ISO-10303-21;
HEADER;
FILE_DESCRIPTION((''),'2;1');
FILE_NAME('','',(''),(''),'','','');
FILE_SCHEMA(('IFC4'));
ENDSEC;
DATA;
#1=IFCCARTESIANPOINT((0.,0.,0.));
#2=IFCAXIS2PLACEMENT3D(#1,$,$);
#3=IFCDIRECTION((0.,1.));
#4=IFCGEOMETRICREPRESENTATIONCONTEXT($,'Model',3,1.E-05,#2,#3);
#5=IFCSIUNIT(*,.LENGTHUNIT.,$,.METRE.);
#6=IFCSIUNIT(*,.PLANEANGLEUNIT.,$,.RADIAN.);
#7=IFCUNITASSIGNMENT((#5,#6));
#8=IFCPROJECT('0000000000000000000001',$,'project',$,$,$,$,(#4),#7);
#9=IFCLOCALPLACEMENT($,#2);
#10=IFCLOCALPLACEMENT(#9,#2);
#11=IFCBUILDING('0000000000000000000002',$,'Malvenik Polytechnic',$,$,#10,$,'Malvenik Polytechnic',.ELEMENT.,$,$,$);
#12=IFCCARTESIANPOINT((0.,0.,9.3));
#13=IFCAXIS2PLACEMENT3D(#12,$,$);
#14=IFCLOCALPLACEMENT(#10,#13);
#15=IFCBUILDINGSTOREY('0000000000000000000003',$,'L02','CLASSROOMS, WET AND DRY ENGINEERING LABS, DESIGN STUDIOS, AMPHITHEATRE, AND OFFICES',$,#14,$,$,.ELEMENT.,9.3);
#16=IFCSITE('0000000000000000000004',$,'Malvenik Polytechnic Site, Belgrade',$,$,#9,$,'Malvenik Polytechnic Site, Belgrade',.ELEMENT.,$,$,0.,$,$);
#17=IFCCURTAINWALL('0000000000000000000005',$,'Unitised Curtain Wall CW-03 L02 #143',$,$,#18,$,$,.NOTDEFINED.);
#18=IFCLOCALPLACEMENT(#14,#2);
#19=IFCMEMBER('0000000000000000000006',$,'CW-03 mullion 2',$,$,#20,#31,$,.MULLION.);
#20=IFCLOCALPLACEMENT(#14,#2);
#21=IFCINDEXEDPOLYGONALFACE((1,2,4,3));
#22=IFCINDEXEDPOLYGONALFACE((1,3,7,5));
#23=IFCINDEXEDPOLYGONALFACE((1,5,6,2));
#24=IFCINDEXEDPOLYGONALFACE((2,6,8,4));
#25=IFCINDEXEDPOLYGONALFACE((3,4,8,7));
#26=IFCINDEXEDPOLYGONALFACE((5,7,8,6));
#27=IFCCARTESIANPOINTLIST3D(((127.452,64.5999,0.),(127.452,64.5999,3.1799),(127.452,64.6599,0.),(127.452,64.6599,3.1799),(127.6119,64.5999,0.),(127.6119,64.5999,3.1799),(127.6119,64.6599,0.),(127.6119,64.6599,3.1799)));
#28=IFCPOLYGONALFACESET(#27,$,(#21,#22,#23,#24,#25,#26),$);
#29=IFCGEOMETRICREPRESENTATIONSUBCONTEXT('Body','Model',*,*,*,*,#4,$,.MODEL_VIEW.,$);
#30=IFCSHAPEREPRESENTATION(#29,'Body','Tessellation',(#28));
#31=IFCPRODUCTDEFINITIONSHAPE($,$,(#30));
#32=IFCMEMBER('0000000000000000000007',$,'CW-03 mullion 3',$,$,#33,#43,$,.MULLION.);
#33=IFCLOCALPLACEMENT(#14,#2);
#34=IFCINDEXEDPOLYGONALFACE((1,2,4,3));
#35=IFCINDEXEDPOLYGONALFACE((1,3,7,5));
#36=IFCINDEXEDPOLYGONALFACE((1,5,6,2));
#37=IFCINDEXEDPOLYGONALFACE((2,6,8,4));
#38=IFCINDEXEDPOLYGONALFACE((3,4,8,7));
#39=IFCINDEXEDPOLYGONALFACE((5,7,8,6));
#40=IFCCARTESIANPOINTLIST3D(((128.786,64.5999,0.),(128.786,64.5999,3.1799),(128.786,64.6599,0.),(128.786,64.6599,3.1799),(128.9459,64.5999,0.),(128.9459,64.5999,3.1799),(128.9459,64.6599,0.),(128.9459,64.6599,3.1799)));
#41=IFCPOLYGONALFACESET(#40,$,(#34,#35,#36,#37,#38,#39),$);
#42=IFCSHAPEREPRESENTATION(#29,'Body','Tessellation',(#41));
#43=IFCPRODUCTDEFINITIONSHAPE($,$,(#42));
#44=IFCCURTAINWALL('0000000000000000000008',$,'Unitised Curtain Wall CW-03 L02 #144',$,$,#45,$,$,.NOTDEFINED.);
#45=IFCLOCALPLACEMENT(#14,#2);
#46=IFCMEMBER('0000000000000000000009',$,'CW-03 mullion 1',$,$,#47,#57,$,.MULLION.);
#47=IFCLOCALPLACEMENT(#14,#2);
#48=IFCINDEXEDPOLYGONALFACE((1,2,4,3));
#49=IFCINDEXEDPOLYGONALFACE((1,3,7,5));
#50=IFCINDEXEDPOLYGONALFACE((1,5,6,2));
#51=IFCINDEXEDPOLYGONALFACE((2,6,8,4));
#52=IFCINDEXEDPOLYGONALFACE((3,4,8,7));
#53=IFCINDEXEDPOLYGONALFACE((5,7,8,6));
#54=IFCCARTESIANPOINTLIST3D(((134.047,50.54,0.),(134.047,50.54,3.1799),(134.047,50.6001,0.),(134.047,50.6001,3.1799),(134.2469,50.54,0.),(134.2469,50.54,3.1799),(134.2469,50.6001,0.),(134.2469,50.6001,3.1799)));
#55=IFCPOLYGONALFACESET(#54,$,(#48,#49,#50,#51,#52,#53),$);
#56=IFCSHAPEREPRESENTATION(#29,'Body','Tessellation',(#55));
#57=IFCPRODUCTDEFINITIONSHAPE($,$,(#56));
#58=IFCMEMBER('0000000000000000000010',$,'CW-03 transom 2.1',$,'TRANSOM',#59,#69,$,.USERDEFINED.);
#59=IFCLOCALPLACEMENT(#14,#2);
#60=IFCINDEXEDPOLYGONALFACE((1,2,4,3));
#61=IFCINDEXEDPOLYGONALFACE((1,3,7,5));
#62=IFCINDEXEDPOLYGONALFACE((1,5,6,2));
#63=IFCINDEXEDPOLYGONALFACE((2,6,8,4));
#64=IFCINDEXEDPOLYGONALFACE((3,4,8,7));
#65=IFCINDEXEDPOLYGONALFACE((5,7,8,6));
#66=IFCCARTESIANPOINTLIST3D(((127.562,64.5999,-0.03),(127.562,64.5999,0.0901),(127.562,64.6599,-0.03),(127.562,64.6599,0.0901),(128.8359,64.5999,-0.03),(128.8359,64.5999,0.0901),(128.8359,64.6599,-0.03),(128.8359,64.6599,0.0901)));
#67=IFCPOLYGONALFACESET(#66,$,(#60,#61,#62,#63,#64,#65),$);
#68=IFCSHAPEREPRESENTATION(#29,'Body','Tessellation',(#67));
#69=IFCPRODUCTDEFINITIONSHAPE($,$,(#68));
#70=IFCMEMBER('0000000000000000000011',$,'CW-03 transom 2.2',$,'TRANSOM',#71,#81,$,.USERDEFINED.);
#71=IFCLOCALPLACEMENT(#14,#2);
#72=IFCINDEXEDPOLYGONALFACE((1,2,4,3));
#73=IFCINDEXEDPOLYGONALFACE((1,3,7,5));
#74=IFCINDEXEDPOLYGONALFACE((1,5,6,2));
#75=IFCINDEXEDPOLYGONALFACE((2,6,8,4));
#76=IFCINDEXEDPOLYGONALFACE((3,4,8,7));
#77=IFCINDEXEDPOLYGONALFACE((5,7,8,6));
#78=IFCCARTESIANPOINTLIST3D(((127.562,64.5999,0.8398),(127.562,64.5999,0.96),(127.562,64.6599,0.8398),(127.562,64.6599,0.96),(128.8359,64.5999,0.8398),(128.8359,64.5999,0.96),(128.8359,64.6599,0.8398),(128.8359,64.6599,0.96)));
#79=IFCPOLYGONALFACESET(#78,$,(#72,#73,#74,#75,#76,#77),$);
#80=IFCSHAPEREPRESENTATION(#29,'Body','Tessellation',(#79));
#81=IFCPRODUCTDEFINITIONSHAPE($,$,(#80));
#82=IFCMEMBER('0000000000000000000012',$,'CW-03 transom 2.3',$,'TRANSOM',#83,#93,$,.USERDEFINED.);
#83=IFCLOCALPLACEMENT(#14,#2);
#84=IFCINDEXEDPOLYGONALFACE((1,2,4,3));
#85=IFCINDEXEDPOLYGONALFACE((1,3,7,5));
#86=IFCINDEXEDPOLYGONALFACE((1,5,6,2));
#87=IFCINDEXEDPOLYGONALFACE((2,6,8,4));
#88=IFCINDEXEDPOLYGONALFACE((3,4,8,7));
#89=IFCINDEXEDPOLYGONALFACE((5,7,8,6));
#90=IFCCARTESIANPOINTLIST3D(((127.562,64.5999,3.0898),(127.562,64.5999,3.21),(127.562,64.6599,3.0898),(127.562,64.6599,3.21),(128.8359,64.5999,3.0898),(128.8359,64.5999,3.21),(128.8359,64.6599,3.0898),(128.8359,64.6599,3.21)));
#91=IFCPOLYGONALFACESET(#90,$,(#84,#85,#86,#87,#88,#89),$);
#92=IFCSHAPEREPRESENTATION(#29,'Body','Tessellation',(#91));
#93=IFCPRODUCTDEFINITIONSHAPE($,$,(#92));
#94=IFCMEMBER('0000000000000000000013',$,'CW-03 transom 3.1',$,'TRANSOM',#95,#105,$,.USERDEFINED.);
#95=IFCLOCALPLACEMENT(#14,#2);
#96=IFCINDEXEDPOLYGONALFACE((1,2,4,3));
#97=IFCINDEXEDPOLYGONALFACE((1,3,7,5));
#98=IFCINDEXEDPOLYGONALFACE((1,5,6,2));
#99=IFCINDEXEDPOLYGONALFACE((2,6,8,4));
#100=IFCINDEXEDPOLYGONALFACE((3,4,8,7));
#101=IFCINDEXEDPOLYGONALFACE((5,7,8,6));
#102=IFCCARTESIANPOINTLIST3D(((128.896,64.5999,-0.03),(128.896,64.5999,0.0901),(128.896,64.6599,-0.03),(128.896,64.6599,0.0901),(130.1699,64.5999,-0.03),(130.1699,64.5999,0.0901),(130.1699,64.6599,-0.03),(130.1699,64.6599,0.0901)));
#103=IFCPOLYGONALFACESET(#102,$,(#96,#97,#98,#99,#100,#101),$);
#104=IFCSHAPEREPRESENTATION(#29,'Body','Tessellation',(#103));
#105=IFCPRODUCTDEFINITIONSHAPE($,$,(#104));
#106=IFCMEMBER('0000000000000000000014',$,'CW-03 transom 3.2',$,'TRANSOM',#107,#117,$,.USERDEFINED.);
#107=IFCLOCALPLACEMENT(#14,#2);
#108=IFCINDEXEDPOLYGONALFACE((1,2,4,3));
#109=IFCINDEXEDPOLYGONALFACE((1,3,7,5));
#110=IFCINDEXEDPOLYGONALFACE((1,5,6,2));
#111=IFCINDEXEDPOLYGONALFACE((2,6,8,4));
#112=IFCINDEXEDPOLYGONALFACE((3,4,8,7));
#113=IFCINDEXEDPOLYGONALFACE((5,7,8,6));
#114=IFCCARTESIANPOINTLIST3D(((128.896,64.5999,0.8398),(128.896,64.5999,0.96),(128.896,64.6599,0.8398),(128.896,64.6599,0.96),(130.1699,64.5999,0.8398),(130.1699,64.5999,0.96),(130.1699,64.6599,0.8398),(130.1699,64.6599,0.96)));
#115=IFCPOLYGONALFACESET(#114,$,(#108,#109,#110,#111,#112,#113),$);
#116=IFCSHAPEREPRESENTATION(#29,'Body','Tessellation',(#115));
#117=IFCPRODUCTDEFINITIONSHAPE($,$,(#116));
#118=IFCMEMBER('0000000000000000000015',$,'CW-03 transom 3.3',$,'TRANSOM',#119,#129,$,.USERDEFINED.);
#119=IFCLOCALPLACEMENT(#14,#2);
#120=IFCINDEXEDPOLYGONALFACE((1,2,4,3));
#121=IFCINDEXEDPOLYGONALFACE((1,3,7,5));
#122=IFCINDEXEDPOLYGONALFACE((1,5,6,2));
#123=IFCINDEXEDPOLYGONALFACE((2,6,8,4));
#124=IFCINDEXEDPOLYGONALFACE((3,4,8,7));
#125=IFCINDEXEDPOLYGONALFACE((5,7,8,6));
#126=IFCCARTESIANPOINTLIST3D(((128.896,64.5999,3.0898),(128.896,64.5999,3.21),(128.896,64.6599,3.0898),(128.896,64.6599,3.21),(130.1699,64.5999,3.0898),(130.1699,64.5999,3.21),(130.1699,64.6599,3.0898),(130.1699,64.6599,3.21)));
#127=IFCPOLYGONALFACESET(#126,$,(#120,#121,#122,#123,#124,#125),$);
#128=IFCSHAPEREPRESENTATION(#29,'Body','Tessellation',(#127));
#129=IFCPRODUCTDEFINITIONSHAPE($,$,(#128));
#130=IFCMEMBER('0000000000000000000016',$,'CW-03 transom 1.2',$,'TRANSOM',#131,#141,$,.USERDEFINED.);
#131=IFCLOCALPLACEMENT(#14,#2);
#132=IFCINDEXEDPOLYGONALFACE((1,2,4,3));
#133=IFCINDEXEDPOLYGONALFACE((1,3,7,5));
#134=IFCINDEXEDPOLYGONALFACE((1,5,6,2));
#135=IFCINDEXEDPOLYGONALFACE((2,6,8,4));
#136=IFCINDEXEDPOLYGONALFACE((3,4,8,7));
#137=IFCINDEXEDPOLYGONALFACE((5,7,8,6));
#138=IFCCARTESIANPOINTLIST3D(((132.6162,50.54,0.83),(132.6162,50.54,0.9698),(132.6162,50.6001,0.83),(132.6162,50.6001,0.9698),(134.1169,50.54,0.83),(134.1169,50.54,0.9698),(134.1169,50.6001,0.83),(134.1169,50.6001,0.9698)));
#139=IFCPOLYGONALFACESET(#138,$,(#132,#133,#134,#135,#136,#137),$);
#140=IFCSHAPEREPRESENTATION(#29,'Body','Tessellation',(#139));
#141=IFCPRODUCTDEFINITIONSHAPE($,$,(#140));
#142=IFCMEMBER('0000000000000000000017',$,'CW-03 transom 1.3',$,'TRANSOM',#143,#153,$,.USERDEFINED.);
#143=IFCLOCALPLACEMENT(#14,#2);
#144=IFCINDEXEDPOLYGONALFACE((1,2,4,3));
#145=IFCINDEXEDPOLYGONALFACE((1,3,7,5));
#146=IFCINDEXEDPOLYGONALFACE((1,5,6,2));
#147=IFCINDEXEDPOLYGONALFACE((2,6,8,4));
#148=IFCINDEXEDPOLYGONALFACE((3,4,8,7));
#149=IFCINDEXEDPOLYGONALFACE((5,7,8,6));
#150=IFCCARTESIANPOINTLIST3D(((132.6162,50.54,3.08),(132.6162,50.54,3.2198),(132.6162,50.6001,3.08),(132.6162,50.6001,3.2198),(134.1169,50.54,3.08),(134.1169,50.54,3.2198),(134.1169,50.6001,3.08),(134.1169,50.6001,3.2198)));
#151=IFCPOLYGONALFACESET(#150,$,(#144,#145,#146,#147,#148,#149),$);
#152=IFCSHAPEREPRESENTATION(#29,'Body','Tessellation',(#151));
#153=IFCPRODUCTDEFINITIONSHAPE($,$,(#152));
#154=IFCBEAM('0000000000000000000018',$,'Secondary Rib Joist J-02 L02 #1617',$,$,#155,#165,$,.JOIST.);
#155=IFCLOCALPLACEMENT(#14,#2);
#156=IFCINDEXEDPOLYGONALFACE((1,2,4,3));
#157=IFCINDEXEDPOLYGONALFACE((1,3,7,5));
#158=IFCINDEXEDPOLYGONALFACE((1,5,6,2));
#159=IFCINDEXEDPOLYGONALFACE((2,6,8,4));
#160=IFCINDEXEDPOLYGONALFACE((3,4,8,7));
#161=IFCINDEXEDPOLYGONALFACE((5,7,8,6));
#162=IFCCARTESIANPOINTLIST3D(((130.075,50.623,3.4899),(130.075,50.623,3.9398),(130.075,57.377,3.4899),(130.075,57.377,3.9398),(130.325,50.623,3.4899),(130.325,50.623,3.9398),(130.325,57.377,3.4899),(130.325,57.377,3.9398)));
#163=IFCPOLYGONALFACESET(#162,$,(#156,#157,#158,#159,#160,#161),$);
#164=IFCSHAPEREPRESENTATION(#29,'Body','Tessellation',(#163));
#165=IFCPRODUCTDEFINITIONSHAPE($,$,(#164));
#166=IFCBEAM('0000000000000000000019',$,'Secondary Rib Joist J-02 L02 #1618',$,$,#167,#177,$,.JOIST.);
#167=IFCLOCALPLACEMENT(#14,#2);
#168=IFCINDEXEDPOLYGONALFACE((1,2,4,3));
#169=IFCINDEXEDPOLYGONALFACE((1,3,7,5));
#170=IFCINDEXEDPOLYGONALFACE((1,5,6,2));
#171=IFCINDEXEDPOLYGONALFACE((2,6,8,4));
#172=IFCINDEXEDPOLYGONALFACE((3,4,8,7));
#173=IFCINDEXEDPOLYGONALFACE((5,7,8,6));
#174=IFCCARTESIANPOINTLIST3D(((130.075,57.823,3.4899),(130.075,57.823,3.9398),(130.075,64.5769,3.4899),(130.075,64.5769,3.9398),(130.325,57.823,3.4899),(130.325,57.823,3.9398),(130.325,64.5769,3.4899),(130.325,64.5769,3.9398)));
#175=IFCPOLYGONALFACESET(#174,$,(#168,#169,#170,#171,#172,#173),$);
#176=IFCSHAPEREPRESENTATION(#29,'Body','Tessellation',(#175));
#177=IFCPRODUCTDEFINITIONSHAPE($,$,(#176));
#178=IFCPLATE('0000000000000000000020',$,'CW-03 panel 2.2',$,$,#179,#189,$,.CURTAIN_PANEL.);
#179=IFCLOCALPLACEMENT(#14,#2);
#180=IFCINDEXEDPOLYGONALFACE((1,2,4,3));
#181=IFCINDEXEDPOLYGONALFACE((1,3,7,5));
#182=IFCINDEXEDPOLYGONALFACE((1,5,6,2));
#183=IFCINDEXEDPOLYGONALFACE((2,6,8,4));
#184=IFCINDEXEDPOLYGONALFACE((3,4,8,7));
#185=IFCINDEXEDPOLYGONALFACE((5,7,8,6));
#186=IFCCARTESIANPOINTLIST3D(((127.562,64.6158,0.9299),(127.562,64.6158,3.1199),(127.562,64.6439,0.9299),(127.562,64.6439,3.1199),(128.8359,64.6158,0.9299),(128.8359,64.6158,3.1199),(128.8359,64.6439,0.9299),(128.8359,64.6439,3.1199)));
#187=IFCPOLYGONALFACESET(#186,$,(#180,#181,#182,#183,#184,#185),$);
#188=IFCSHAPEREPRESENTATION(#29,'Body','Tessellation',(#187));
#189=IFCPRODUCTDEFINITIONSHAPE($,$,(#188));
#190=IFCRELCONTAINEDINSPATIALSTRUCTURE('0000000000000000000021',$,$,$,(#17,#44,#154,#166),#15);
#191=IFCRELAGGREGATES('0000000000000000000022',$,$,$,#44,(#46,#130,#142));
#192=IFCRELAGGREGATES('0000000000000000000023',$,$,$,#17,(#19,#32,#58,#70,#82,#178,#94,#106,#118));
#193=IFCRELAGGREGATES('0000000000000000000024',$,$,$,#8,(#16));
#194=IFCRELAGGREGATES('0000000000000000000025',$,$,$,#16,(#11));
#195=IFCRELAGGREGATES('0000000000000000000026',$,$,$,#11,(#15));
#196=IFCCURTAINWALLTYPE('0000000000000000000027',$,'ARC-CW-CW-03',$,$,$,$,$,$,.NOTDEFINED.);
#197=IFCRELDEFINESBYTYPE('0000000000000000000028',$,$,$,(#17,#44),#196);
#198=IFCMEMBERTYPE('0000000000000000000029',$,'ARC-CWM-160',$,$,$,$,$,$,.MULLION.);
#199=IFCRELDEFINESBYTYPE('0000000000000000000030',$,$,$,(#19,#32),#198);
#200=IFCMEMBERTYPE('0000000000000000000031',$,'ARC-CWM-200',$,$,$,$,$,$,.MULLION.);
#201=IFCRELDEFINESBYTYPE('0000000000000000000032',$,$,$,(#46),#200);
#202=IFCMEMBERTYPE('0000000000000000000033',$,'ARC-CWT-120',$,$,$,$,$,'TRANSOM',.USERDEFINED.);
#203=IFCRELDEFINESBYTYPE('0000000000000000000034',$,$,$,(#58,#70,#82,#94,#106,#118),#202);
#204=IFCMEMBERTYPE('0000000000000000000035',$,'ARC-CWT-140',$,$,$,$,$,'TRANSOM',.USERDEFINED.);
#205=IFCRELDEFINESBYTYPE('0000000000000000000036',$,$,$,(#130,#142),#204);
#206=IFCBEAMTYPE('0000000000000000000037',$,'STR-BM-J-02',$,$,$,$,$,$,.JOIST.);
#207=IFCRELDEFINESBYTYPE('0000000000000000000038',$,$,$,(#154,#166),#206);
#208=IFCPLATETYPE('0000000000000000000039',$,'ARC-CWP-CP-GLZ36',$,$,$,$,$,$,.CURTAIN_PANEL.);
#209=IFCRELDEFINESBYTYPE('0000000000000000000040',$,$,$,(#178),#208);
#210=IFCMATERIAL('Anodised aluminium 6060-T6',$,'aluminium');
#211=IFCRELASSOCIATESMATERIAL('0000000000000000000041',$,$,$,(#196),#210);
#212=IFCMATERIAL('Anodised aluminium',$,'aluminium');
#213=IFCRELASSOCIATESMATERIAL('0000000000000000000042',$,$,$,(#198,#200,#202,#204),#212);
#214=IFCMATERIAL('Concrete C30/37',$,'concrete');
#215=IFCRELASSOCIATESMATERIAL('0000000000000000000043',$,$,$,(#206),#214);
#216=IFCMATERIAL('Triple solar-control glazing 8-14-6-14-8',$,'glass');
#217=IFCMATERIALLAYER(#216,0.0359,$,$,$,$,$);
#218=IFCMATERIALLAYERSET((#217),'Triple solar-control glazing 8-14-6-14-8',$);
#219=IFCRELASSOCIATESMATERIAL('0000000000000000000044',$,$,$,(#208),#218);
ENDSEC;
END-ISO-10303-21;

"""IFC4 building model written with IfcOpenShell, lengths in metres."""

from ifc_helpers import new_model, si_unit, direction, frame, origin, origin_2d, place, context, subcontext, project, spatial, rectangle, extrude, material, layer, layer_set, material_profile, profile_set, type_object, element, aggregate, save


model = new_model("IFC4")

# Units and contexts
model_context = context("Model", 3, precision=1e-05, world=origin(), true_north=direction((0.0, 1.0)))
body_context = subcontext(model_context, "Body", "Model", "MODEL_VIEW")
ifc_project = project(units=[si_unit("LENGTHUNIT", "METRE"), si_unit("PLANEANGLEUNIT", "RADIAN")], contexts=[model_context])

# Site, building, storey
site_placement = place(None, origin())
site = spatial("IfcSite", under=ifc_project, at=site_placement, Name="Malvenik Polytechnic Site, Belgrade", LongName="Malvenik Polytechnic Site, Belgrade", CompositionType="ELEMENT", RefElevation=0.0)
building_placement = place(site_placement, origin())
building = spatial("IfcBuilding", under=site, at=building_placement, Name="Malvenik Polytechnic", LongName="Malvenik Polytechnic", CompositionType="ELEMENT")
storey_placement = place(building_placement, frame((0.0, 0.0, 9.3)))
storey = spatial("IfcBuildingStorey", under=building, at=storey_placement, Name="L02", Description="CLASSROOMS, WET AND DRY ENGINEERING LABS, DESIGN STUDIOS, AMPHITHEATRE, AND OFFICES", CompositionType="ELEMENT", Elevation=9.3)

# Curtain wall, members
ifc_material_1 = material(Name="Anodised aluminium 6060-T6", Category="aluminium")
curtain_wall_type = type_object("IfcCurtainWallType", Name="ARC-CW-CW-03", PredefinedType="NOTDEFINED", material=ifc_material_1)
curtain_wall_1_placement = place(storey_placement, origin())
curtain_wall_1 = element("IfcCurtainWall", 1, at=curtain_wall_1_placement, inside=storey, type_object=curtain_wall_type, Name="Unitised Curtain Wall CW-03 L02 #143", PredefinedType="NOTDEFINED")
ifc_material_2 = material(Name="Anodised aluminium", Category="aluminium")
ifc_material_profile_1 = material_profile(ifc_material_2, rectangle(XDim=0.0601, YDim=0.1599, at=origin_2d()), Name="ALU MULLION 60x160")
ifc_profile_set_1 = profile_set([ifc_material_profile_1], Name="Anodised aluminium")
member_type_1 = type_object("IfcMemberType", Name="ARC-CWM-160", PredefinedType="MULLION", material=ifc_profile_set_1)
member_1_placement = place(storey_placement, frame((127.532, 64.6299, 0.0), z_axis=(0.0, 0.0, 1.0), x_axis=(0.0, 1.0, 0.0)))
member_1 = element("IfcMember", 2, at=member_1_placement, type_object=member_type_1, Name="CW-03 mullion 2", PredefinedType="MULLION", context=body_context, shape_type="SweptSolid", body=[
    extrude(rectangle(XDim=0.0601, YDim=0.1599, at=origin_2d()), origin(), (0.0, 0.0, 1.0), 3.1799),
])
member_2_placement = place(storey_placement, frame((128.866, 64.6299, 0.0), z_axis=(0.0, 0.0, 1.0), x_axis=(0.0, 1.0, 0.0)))
member_2 = element("IfcMember", 3, at=member_2_placement, type_object=member_type_1, Name="CW-03 mullion 3", PredefinedType="MULLION", context=body_context, shape_type="SweptSolid", body=[
    extrude(rectangle(XDim=0.0601, YDim=0.1599, at=origin_2d()), origin(), (0.0, 0.0, 1.0), 3.1799),
])

# Curtain wall, member
curtain_wall_2_placement = place(storey_placement, origin())
curtain_wall_2 = element("IfcCurtainWall", 4, at=curtain_wall_2_placement, inside=storey, type_object=curtain_wall_type, Name="Unitised Curtain Wall CW-03 L02 #144", PredefinedType="NOTDEFINED")
ifc_material_profile_2 = material_profile(ifc_material_2, rectangle(XDim=0.0601, YDim=0.2, at=origin_2d()), Name="ALU MULLION 60x200")
ifc_profile_set_2 = profile_set([ifc_material_profile_2], Name="Anodised aluminium")
member_type_2 = type_object("IfcMemberType", Name="ARC-CWM-200", PredefinedType="MULLION", material=ifc_profile_set_2)
member_3_placement = place(storey_placement, frame((134.147, 50.5701, 0.0), z_axis=(0.0, 0.0, 1.0), x_axis=(0.0, -1.0, 0.0)))
member_3 = element("IfcMember", 5, at=member_3_placement, type_object=member_type_2, Name="CW-03 mullion 1", PredefinedType="MULLION", context=body_context, shape_type="SweptSolid", body=[
    extrude(rectangle(XDim=0.0601, YDim=0.2, at=origin_2d()), origin(), (0.0, 0.0, 1.0), 3.1799),
])

# Members
ifc_material_profile_3 = material_profile(ifc_material_2, rectangle(XDim=0.0601, YDim=0.1201, at=origin_2d()), Name="ALU TRANSOM 60x120")
ifc_profile_set_3 = profile_set([ifc_material_profile_3], Name="Anodised aluminium")
member_type_3 = type_object("IfcMemberType", Name="ARC-CWT-120", ElementType="TRANSOM", PredefinedType="USERDEFINED", material=ifc_profile_set_3)
member_4_placement = place(storey_placement, frame((127.562, 64.6299, 0.03), z_axis=(1.0, 0.0, 0.0), x_axis=(0.0, 1.0, 0.0)))
member_4 = element("IfcMember", 6, at=member_4_placement, type_object=member_type_3, Name="CW-03 transom 2.1", ObjectType="TRANSOM", PredefinedType="USERDEFINED", context=body_context, shape_type="SweptSolid", body=[
    extrude(rectangle(XDim=0.0601, YDim=0.1201, at=origin_2d()), origin(), (0.0, 0.0, 1.0), 1.2739),
])
member_5_placement = place(storey_placement, frame((127.562, 64.6299, 0.8999), z_axis=(1.0, 0.0, 0.0), x_axis=(0.0, 1.0, 0.0)))
member_5 = element("IfcMember", 7, at=member_5_placement, type_object=member_type_3, Name="CW-03 transom 2.2", ObjectType="TRANSOM", PredefinedType="USERDEFINED", context=body_context, shape_type="SweptSolid", body=[
    extrude(rectangle(XDim=0.0601, YDim=0.1201, at=origin_2d()), origin(), (0.0, 0.0, 1.0), 1.2739),
])
member_6_placement = place(storey_placement, frame((127.562, 64.6299, 3.1499), z_axis=(1.0, 0.0, 0.0), x_axis=(0.0, 1.0, 0.0)))
member_6 = element("IfcMember", 8, at=member_6_placement, type_object=member_type_3, Name="CW-03 transom 2.3", ObjectType="TRANSOM", PredefinedType="USERDEFINED", context=body_context, shape_type="SweptSolid", body=[
    extrude(rectangle(XDim=0.0601, YDim=0.1201, at=origin_2d()), origin(), (0.0, 0.0, 1.0), 1.2739),
])
member_7_placement = place(storey_placement, frame((128.896, 64.6299, 0.03), z_axis=(1.0, 0.0, 0.0), x_axis=(0.0, 1.0, 0.0)))
member_7 = element("IfcMember", 9, at=member_7_placement, type_object=member_type_3, Name="CW-03 transom 3.1", ObjectType="TRANSOM", PredefinedType="USERDEFINED", context=body_context, shape_type="SweptSolid", body=[
    extrude(rectangle(XDim=0.0601, YDim=0.1201, at=origin_2d()), origin(), (0.0, 0.0, 1.0), 1.2739),
])
member_8_placement = place(storey_placement, frame((128.896, 64.6299, 0.8999), z_axis=(1.0, 0.0, 0.0), x_axis=(0.0, 1.0, 0.0)))
member_8 = element("IfcMember", 10, at=member_8_placement, type_object=member_type_3, Name="CW-03 transom 3.2", ObjectType="TRANSOM", PredefinedType="USERDEFINED", context=body_context, shape_type="SweptSolid", body=[
    extrude(rectangle(XDim=0.0601, YDim=0.1201, at=origin_2d()), origin(), (0.0, 0.0, 1.0), 1.2739),
])
member_9_placement = place(storey_placement, frame((128.896, 64.6299, 3.1499), z_axis=(1.0, 0.0, 0.0), x_axis=(0.0, 1.0, 0.0)))
member_9 = element("IfcMember", 11, at=member_9_placement, type_object=member_type_3, Name="CW-03 transom 3.3", ObjectType="TRANSOM", PredefinedType="USERDEFINED", context=body_context, shape_type="SweptSolid", body=[
    extrude(rectangle(XDim=0.0601, YDim=0.1201, at=origin_2d()), origin(), (0.0, 0.0, 1.0), 1.2739),
])
ifc_material_profile_4 = material_profile(ifc_material_2, rectangle(XDim=0.0601, YDim=0.1399, at=origin_2d()), Name="ALU TRANSOM 60x140")
ifc_profile_set_4 = profile_set([ifc_material_profile_4], Name="Anodised aluminium")
member_type_4 = type_object("IfcMemberType", Name="ARC-CWT-140", ElementType="TRANSOM", PredefinedType="USERDEFINED", material=ifc_profile_set_4)
member_10_placement = place(storey_placement, frame((134.1169, 50.5701, 0.8999), z_axis=(-1.0, 0.0, 0.0), x_axis=(0.0, -1.0, 0.0)))
member_10 = element("IfcMember", 12, at=member_10_placement, type_object=member_type_4, Name="CW-03 transom 1.2", ObjectType="TRANSOM", PredefinedType="USERDEFINED", context=body_context, shape_type="SweptSolid", body=[
    extrude(rectangle(XDim=0.0601, YDim=0.1399, at=origin_2d()), origin(), (0.0, 0.0, 1.0), 1.5007),
])
member_11_placement = place(storey_placement, frame((134.1169, 50.5701, 3.1499), z_axis=(-1.0, 0.0, 0.0), x_axis=(0.0, -1.0, 0.0)))
member_11 = element("IfcMember", 13, at=member_11_placement, type_object=member_type_4, Name="CW-03 transom 1.3", ObjectType="TRANSOM", PredefinedType="USERDEFINED", context=body_context, shape_type="SweptSolid", body=[
    extrude(rectangle(XDim=0.0601, YDim=0.1399, at=origin_2d()), origin(), (0.0, 0.0, 1.0), 1.5007),
])
aggregate(curtain_wall_2, [member_3, member_10, member_11])

# Beams
ifc_material_3 = material(Name="Concrete C30/37", Category="concrete")
ifc_material_profile_5 = material_profile(ifc_material_3, rectangle(XDim=0.25, YDim=0.45, at=origin_2d()), Name="RC JST 250x450")
ifc_profile_set_5 = profile_set([ifc_material_profile_5], Name="Concrete C30/37")
beam_type = type_object("IfcBeamType", Name="STR-BM-J-02", PredefinedType="JOIST", material=ifc_profile_set_5)
for number, where, z_axis, x_axis, name in (
    (14, (130.2, 50.623, 3.7148), (0.0, 1.0, 0.0), (-1.0, 0.0, 0.0), "Secondary Rib Joist J-02 L02 #1617"),
    (15, (130.2, 57.823, 3.7148), (0.0, 1.0, 0.0), (-1.0, 0.0, 0.0), "Secondary Rib Joist J-02 L02 #1618"),
):
    element("IfcBeam", number, at=place(storey_placement, frame(where, z_axis=z_axis, x_axis=x_axis)), inside=storey, type_object=beam_type, Name=name, PredefinedType="JOIST", context=body_context, shape_type="SweptSolid", body=[
        extrude(rectangle(XDim=0.25, YDim=0.45, at=origin_2d()), origin(), (0.0, 0.0, 1.0), 6.7539),
    ])

# Plate
ifc_material_4 = material(Name="Triple solar-control glazing 8-14-6-14-8", Category="glass")
ifc_layer_1 = layer(ifc_material_4, 0.0359)
ifc_layer_set_1 = layer_set([ifc_layer_1], Name="Triple solar-control glazing 8-14-6-14-8")
plate_type_1 = type_object("IfcPlateType", Name="ARC-CWP-CP-GLZ36", PredefinedType="CURTAIN_PANEL", material=ifc_layer_set_1)
plate_1_placement = place(storey_placement, frame((128.199, 64.6299, 0.9299), z_axis=(0.0, 0.0, 1.0), x_axis=(1.0, 0.0, 0.0)))
plate_1 = element("IfcPlate", 16, at=plate_1_placement, type_object=plate_type_1, Name="CW-03 panel 2.2", PredefinedType="CURTAIN_PANEL", context=body_context, shape_type="SweptSolid", body=[
    extrude(rectangle(XDim=1.2739, YDim=0.0281, at=origin_2d()), origin(), (0.0, 0.0, 1.0), 2.1899),
])
aggregate(curtain_wall_1, [member_1, member_2, member_4, member_5, member_6, plate_1, member_7, member_8, member_9])

save(model, "model.ifc")
